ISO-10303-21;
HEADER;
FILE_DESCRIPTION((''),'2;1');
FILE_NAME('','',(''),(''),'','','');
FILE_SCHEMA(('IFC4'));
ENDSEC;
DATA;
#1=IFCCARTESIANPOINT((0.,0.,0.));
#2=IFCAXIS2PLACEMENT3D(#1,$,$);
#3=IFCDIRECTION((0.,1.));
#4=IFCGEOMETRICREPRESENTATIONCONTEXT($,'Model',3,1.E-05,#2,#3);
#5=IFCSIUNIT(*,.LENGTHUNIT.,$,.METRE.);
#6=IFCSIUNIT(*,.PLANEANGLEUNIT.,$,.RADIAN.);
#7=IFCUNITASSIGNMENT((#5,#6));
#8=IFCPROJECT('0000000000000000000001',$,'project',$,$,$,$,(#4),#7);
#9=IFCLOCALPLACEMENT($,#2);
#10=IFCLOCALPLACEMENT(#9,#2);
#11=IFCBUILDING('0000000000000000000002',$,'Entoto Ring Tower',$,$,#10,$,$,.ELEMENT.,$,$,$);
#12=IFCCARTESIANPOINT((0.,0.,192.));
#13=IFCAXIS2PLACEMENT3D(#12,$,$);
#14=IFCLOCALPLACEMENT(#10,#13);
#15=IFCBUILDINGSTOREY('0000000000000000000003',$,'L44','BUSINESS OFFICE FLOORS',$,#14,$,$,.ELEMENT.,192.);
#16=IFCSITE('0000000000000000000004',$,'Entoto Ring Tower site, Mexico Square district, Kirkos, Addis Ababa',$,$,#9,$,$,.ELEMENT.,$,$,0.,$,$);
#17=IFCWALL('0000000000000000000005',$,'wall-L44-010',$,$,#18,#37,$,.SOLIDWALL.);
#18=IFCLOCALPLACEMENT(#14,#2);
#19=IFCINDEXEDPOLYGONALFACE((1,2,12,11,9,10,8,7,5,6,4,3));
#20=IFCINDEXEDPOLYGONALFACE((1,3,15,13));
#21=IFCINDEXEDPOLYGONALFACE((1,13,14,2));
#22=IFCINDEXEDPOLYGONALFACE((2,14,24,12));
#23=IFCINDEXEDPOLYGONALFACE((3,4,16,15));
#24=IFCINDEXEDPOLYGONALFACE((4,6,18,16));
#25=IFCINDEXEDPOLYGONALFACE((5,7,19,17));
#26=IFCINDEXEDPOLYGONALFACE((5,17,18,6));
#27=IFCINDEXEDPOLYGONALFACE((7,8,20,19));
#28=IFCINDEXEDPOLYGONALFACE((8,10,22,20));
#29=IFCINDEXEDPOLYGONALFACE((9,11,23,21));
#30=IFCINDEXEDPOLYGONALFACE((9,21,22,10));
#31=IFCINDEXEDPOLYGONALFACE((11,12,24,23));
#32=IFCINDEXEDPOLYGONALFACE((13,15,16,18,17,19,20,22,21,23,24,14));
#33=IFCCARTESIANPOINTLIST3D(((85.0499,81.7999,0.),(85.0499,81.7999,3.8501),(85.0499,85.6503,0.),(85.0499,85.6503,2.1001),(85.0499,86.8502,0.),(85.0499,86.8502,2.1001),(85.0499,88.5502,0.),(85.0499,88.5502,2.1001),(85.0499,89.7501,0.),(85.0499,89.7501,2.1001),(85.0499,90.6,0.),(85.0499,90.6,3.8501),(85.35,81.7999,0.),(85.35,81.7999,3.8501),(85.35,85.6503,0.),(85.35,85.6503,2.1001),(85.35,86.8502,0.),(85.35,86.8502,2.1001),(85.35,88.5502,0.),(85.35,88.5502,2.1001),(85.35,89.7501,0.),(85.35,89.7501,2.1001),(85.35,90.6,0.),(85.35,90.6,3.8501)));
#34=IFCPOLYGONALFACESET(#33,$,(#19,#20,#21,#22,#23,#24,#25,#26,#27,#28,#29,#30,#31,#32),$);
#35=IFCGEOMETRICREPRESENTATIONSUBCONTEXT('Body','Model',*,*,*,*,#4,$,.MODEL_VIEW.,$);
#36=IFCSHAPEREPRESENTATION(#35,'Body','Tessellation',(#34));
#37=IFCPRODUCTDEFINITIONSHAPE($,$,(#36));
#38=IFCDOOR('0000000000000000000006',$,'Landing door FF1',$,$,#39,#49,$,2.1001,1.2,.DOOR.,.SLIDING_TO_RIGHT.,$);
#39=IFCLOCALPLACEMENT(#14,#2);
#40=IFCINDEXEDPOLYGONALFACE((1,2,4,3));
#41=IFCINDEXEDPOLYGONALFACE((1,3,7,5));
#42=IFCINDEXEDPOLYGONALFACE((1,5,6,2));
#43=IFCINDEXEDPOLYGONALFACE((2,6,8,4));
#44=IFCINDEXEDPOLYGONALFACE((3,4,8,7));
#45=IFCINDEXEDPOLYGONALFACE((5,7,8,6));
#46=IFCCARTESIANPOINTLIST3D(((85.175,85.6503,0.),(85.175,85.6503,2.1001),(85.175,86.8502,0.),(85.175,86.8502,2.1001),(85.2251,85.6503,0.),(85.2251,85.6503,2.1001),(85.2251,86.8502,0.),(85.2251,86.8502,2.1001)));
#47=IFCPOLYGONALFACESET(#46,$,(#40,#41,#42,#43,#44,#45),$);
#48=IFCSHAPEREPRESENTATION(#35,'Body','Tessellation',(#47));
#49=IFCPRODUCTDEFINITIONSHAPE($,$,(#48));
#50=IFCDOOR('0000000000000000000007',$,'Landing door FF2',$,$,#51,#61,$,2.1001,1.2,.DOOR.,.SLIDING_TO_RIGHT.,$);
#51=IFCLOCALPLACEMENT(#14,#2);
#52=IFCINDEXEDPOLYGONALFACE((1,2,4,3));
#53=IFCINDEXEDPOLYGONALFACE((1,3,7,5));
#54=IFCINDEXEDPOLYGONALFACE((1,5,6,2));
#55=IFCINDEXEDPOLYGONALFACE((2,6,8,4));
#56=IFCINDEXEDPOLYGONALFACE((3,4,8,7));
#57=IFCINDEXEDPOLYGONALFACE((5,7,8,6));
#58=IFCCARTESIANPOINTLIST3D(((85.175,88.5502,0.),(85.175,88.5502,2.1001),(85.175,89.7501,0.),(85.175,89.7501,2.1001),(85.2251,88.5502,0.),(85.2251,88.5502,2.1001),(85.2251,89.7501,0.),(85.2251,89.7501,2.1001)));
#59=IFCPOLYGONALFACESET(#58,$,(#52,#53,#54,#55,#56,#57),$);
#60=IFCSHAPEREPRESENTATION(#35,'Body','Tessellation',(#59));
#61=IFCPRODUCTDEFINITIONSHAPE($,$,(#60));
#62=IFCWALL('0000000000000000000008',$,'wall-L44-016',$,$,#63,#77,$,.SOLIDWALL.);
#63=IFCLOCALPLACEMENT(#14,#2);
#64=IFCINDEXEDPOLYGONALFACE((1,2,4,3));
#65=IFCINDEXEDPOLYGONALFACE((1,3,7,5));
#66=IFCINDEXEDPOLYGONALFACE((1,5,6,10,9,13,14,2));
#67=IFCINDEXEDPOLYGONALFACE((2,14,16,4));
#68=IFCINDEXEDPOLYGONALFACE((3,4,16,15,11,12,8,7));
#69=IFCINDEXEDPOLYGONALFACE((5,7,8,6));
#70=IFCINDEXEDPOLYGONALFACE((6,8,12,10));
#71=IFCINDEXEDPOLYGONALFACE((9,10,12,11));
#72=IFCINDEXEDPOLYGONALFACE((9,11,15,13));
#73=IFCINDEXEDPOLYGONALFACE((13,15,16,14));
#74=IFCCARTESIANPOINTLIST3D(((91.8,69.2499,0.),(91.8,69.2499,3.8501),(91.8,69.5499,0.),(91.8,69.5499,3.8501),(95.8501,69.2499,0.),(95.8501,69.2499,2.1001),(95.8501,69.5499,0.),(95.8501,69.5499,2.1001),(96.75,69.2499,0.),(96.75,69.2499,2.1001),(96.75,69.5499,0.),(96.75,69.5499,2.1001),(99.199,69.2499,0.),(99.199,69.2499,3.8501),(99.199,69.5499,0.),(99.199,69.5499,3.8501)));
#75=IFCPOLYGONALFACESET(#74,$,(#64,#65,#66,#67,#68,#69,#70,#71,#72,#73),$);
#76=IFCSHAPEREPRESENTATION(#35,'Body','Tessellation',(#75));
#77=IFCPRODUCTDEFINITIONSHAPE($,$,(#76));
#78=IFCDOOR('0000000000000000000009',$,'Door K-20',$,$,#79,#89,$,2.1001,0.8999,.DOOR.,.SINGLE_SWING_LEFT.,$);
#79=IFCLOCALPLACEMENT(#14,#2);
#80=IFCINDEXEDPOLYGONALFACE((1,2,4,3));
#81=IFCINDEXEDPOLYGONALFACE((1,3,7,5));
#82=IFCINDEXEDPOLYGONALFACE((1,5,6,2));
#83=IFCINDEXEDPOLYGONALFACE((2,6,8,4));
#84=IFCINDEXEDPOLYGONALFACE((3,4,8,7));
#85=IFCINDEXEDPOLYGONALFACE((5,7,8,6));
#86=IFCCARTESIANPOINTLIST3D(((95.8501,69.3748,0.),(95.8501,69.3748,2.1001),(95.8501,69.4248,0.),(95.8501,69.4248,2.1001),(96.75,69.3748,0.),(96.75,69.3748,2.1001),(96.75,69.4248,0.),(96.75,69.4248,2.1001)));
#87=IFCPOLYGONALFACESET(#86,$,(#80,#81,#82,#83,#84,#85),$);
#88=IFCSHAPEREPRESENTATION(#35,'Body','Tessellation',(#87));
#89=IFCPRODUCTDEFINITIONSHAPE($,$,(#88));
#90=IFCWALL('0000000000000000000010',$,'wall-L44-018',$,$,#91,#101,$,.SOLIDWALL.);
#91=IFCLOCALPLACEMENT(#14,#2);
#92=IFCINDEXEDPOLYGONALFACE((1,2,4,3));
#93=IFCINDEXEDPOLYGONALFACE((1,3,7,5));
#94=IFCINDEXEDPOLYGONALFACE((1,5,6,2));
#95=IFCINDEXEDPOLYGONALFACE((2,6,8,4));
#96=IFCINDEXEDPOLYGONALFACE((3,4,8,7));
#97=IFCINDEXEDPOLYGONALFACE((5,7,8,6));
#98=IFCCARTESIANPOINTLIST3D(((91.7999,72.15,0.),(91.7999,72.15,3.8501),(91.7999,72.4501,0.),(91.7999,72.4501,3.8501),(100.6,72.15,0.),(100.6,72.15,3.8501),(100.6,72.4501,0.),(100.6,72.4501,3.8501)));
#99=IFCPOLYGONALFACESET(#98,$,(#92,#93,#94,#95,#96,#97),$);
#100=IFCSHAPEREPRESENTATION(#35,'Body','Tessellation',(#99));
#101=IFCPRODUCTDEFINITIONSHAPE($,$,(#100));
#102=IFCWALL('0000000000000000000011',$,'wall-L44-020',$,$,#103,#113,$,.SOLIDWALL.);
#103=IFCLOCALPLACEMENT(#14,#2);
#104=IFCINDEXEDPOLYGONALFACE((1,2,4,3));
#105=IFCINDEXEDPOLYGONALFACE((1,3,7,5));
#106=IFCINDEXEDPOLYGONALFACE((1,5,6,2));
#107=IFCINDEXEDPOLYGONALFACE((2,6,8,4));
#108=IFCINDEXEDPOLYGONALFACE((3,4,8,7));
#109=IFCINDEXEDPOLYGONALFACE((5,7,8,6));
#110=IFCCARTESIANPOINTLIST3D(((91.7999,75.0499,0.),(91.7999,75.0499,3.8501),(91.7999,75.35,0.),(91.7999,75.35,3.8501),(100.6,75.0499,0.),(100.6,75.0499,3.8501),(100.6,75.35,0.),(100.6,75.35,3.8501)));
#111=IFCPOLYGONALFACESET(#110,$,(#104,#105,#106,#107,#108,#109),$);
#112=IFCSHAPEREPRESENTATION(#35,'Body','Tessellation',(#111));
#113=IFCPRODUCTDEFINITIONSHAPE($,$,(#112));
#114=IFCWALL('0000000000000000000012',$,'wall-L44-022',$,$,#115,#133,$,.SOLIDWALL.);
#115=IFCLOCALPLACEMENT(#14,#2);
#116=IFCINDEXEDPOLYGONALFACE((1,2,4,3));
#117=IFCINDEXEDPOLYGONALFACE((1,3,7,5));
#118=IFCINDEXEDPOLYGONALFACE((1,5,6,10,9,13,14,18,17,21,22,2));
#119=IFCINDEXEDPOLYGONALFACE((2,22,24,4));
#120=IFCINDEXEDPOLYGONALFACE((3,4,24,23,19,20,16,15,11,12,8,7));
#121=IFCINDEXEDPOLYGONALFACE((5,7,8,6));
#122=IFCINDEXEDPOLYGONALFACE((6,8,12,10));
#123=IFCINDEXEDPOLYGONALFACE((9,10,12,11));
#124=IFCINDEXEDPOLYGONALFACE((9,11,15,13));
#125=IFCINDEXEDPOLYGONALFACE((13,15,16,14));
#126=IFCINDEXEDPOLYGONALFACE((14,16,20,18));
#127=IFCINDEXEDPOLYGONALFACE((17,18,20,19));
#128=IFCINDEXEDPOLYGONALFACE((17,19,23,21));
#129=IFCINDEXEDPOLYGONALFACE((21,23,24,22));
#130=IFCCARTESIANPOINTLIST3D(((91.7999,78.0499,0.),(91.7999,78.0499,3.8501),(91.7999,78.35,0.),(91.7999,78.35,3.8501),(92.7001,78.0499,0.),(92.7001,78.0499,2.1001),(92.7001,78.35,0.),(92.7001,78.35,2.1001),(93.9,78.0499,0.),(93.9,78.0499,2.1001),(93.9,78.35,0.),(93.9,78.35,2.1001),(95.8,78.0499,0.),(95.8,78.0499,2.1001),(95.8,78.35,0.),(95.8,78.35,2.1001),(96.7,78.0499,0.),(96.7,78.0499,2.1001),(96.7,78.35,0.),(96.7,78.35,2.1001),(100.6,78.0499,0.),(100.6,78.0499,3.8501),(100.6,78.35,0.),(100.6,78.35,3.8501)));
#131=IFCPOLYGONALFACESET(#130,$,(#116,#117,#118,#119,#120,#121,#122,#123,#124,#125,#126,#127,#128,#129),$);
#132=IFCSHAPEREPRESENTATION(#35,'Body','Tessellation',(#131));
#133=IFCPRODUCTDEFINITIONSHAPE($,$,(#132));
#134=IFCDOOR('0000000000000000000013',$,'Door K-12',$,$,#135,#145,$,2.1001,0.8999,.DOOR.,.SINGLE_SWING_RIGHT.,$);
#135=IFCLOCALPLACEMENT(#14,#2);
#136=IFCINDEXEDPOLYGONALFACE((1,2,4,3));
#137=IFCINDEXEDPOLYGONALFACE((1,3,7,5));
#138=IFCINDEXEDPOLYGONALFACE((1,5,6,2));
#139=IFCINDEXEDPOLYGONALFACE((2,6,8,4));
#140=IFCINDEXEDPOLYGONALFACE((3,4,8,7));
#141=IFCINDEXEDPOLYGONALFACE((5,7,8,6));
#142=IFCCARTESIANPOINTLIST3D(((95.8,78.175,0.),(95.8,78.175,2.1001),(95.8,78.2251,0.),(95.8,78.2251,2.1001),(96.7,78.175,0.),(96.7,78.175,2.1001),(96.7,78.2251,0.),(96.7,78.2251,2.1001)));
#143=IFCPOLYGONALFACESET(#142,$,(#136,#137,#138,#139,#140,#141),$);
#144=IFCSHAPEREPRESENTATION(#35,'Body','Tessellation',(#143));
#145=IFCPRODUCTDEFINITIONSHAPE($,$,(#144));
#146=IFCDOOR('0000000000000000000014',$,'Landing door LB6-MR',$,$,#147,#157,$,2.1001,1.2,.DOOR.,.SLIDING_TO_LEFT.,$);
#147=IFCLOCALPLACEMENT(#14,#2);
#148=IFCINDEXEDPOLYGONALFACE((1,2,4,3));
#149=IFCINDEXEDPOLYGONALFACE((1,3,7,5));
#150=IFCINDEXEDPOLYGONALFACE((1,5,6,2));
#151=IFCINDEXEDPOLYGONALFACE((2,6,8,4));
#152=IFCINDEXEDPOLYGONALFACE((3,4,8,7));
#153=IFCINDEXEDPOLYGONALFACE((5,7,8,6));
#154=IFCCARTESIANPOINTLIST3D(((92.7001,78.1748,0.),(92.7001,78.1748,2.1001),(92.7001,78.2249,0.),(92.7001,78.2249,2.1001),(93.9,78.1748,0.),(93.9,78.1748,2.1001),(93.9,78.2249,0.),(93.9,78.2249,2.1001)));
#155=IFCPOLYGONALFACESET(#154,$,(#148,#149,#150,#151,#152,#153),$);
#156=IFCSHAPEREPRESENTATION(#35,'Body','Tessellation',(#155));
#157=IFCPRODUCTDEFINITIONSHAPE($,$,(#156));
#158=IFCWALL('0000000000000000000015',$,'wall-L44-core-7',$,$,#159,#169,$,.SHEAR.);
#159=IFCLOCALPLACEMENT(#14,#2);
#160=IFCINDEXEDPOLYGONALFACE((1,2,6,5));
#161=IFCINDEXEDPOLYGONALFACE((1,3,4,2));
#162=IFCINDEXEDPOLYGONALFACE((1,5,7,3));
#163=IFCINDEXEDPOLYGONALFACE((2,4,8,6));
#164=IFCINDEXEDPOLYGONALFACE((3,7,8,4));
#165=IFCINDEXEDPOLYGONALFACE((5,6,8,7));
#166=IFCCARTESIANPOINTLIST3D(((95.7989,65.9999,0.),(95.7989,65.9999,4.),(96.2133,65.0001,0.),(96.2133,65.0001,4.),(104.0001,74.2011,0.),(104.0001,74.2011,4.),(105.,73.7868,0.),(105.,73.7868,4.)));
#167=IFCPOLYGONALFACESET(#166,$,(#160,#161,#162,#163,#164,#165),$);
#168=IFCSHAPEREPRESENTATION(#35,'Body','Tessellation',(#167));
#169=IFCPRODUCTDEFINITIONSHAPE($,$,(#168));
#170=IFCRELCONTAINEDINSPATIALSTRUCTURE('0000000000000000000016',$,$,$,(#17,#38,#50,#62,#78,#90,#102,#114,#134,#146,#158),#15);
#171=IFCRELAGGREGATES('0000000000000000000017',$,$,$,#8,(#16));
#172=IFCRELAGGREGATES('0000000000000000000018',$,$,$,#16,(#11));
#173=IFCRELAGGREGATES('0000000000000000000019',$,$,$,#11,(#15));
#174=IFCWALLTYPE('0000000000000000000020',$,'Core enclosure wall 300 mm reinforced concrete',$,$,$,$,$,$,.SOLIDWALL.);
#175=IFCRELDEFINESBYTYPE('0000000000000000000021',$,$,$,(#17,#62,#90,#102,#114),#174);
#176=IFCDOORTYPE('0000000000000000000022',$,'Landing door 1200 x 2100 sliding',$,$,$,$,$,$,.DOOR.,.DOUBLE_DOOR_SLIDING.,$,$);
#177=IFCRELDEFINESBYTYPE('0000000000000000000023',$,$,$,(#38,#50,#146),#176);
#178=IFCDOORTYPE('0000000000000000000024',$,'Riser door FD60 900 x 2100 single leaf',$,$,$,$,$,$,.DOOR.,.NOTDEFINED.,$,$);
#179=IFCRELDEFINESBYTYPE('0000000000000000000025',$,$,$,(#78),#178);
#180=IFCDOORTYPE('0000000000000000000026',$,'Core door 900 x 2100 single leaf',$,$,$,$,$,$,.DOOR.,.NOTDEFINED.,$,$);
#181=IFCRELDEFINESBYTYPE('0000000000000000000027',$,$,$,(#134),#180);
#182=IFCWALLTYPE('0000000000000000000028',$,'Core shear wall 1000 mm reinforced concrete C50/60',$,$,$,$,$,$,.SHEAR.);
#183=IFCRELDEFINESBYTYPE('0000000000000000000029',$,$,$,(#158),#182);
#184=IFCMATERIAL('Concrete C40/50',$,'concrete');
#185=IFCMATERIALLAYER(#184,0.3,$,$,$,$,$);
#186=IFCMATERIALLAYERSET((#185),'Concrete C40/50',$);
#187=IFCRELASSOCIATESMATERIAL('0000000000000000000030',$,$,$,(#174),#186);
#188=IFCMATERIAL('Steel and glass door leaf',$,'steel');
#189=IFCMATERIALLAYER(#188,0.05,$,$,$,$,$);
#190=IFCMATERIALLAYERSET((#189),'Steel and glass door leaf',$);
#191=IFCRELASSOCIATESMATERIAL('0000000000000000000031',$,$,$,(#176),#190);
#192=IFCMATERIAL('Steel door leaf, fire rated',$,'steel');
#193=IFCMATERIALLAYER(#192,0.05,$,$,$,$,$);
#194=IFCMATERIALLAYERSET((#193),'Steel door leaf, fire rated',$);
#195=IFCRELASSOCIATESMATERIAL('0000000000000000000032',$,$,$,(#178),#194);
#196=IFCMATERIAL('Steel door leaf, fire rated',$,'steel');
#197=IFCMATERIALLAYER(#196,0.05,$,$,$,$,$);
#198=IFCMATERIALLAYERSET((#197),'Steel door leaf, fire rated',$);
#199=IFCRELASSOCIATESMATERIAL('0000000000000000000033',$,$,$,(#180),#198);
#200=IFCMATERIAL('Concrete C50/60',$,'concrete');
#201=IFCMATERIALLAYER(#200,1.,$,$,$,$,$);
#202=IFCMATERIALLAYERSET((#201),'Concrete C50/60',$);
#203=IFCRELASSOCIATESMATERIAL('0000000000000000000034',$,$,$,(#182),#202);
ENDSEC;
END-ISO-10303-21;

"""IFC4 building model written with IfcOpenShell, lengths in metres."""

from ifc_helpers import new_model, si_unit, direction, frame, frame_2d, origin, place, context, subcontext, project, spatial, polyline, rectangle, outline, extrude, material, layer, layer_set, type_object, element, fill, save


model = new_model("IFC4")

# Units and contexts
model_context = context("Model", 3, precision=1e-05, world=origin(), true_north=direction((0.0, 1.0)))
body_context = subcontext(model_context, "Body", "Model", "MODEL_VIEW")
ifc_project = project(units=[si_unit("LENGTHUNIT", "METRE"), si_unit("PLANEANGLEUNIT", "RADIAN")], contexts=[model_context])

# Site, building, storey
site_placement = place(None, origin())
site = spatial("IfcSite", under=ifc_project, at=site_placement, Name="Entoto Ring Tower site, Mexico Square district, Kirkos, Addis Ababa", CompositionType="ELEMENT", RefElevation=0.0)
building_placement = place(site_placement, origin())
building = spatial("IfcBuilding", under=site, at=building_placement, Name="Entoto Ring Tower", CompositionType="ELEMENT")
storey_placement = place(building_placement, frame((0.0, 0.0, 192.0)))
storey = spatial("IfcBuildingStorey", under=building, at=storey_placement, Name="L44", Description="BUSINESS OFFICE FLOORS", CompositionType="ELEMENT", Elevation=192.0)

# Shared definitions
ifc_material_1 = material(Name="Concrete C40/50", Category="concrete")
ifc_layer_1 = layer(ifc_material_1, 0.3)
ifc_layer_set_1 = layer_set([ifc_layer_1], Name="Concrete C40/50")
wall_type_1 = type_object("IfcWallType", Name="Core enclosure wall 300 mm reinforced concrete", PredefinedType="SOLIDWALL", material=ifc_layer_set_1)

# Shared definitions
ifc_material_2 = material(Name="Steel and glass door leaf", Category="steel")
ifc_layer_2 = layer(ifc_material_2, 0.05)
ifc_layer_set_2 = layer_set([ifc_layer_2], Name="Steel and glass door leaf")
door_type_1 = type_object("IfcDoorType", Name="Landing door 1200 x 2100 sliding", OperationType="DOUBLE_DOOR_SLIDING", PredefinedType="DOOR", material=ifc_layer_set_2)

# Wall, openings, doors
wall_1_placement = place(storey_placement, frame((85.2, 81.8, 0.0), z_axis=(0.0, 0.0, 1.0), x_axis=(0.0, 1.0, 0.0)))
wall_1 = element("IfcWall", 1, at=wall_1_placement, inside=storey, type_object=wall_type_1, Name="wall-L44-010", PredefinedType="SOLIDWALL", context=body_context, shape_type="SweptSolid", body=[
    extrude(rectangle(XDim=8.8, YDim=0.3, at=frame_2d((4.3999, 0.0))), origin(), (0.0, 0.0, 1.0), 3.8501),
])
opening_1_placement = place(wall_1_placement, frame((3.8501, 0.0, 0.0)))
opening_1 = element("IfcOpeningElement", 2, at=opening_1_placement, cuts=wall_1, PredefinedType="OPENING", context=body_context, shape_type="SweptSolid", body=[
    extrude(rectangle(XDim=1.2, YDim=2.1001, at=frame_2d((0.6001, 1.05))), frame((0.0, 0.1602, 0.0), z_axis=(0.0, -1.0, 0.0), x_axis=(1.0, 0.0, 0.0)), (0.0, 0.0, 1.0), 0.3201),
])
opening_2_placement = place(wall_1_placement, frame((6.75, 0.0, 0.0)))
opening_2 = element("IfcOpeningElement", 3, at=opening_2_placement, cuts=wall_1, PredefinedType="OPENING", context=body_context, shape_type="SweptSolid", body=[
    extrude(rectangle(XDim=1.2, YDim=2.1001, at=frame_2d((0.6001, 1.05))), frame((0.0, 0.1602, 0.0), z_axis=(0.0, -1.0, 0.0), x_axis=(1.0, 0.0, 0.0)), (0.0, 0.0, 1.0), 0.3201),
])
door_1_placement = place(opening_1_placement, origin())
door_1 = element("IfcDoor", 4, at=door_1_placement, inside=storey, type_object=door_type_1, Name="Landing door FF1", OperationType="SLIDING_TO_RIGHT", OverallHeight=2.1001, OverallWidth=1.2, PredefinedType="DOOR", context=body_context, shape_type="SweptSolid", body=[
    extrude(rectangle(XDim=1.2, YDim=2.1001, at=frame_2d((0.6001, 1.05))), frame((0.0, 0.0249, 0.0), z_axis=(0.0, -1.0, 0.0), x_axis=(1.0, 0.0, 0.0)), (0.0, 0.0, 1.0), 0.05),
])
fill(opening_1, door_1)
door_2_placement = place(opening_2_placement, origin())
door_2 = element("IfcDoor", 5, at=door_2_placement, inside=storey, type_object=door_type_1, Name="Landing door FF2", OperationType="SLIDING_TO_RIGHT", OverallHeight=2.1001, OverallWidth=1.2, PredefinedType="DOOR", context=body_context, shape_type="SweptSolid", body=[
    extrude(rectangle(XDim=1.2, YDim=2.1001, at=frame_2d((0.6001, 1.05))), frame((0.0, 0.0249, 0.0), z_axis=(0.0, -1.0, 0.0), x_axis=(1.0, 0.0, 0.0)), (0.0, 0.0, 1.0), 0.05),
])
fill(opening_2, door_2)

# Wall, opening, door
wall_2_placement = place(storey_placement, frame((91.8, 69.3999, 0.0), z_axis=(0.0, 0.0, 1.0), x_axis=(1.0, 0.0, 0.0)))
wall_2 = element("IfcWall", 6, at=wall_2_placement, inside=storey, type_object=wall_type_1, Name="wall-L44-016", PredefinedType="SOLIDWALL", context=body_context, shape_type="SweptSolid", body=[
    extrude(rectangle(XDim=7.3989, YDim=0.3, at=frame_2d((3.6995, 0.0))), origin(), (0.0, 0.0, 1.0), 3.8501),
])
opening_3_placement = place(wall_2_placement, frame((4.05, 0.0, 0.0)))
opening_3 = element("IfcOpeningElement", 7, at=opening_3_placement, cuts=wall_2, PredefinedType="OPENING", context=body_context, shape_type="SweptSolid", body=[
    extrude(rectangle(XDim=0.8999, YDim=2.1001, at=frame_2d((0.45, 1.05))), frame((0.0, 0.1602, 0.0), z_axis=(0.0, -1.0, 0.0), x_axis=(1.0, 0.0, 0.0)), (0.0, 0.0, 1.0), 0.3201),
])
ifc_material_3 = material(Name="Steel door leaf, fire rated", Category="steel")
ifc_layer_3 = layer(ifc_material_3, 0.05)
ifc_layer_set_3 = layer_set([ifc_layer_3], Name="Steel door leaf, fire rated")
door_type_2 = type_object("IfcDoorType", Name="Riser door FD60 900 x 2100 single leaf", OperationType="NOTDEFINED", PredefinedType="DOOR", material=ifc_layer_set_3)
door_3_placement = place(opening_3_placement, origin())
door_3 = element("IfcDoor", 8, at=door_3_placement, inside=storey, type_object=door_type_2, Name="Door K-20", OperationType="SINGLE_SWING_LEFT", OverallHeight=2.1001, OverallWidth=0.8999, PredefinedType="DOOR", context=body_context, shape_type="SweptSolid", body=[
    extrude(rectangle(XDim=0.8999, YDim=2.1001, at=frame_2d((0.45, 1.05))), frame((0.0, 0.0249, 0.0), z_axis=(0.0, -1.0, 0.0), x_axis=(1.0, 0.0, 0.0)), (0.0, 0.0, 1.0), 0.05),
])
fill(opening_3, door_3)

# Walls
for number, where, z_axis, x_axis, name in (
    (9, (91.8, 72.3, 0.0), (0.0, 0.0, 1.0), (1.0, 0.0, 0.0), "wall-L44-018"),
    (10, (91.8, 75.2, 0.0), (0.0, 0.0, 1.0), (1.0, 0.0, 0.0), "wall-L44-020"),
):
    element("IfcWall", number, at=place(storey_placement, frame(where, z_axis=z_axis, x_axis=x_axis)), inside=storey, type_object=wall_type_1, Name=name, PredefinedType="SOLIDWALL", context=body_context, shape_type="SweptSolid", body=[
        extrude(rectangle(XDim=8.8, YDim=0.3, at=frame_2d((4.3999, 0.0))), origin(), (0.0, 0.0, 1.0), 3.8501),
    ])

# Wall, openings, doors
wall_3_placement = place(storey_placement, frame((91.8, 78.2, 0.0), z_axis=(0.0, 0.0, 1.0), x_axis=(1.0, 0.0, 0.0)))
wall_3 = element("IfcWall", 11, at=wall_3_placement, inside=storey, type_object=wall_type_1, Name="wall-L44-022", PredefinedType="SOLIDWALL", context=body_context, shape_type="SweptSolid", body=[
    extrude(rectangle(XDim=8.8, YDim=0.3, at=frame_2d((4.3999, 0.0))), origin(), (0.0, 0.0, 1.0), 3.8501),
])
opening_4_placement = place(wall_3_placement, frame((0.8999, 0.0, 0.0)))
opening_4 = element("IfcOpeningElement", 12, at=opening_4_placement, cuts=wall_3, PredefinedType="OPENING", context=body_context, shape_type="SweptSolid", body=[
    extrude(rectangle(XDim=1.2, YDim=2.1001, at=frame_2d((0.6001, 1.05))), frame((0.0, 0.1602, 0.0), z_axis=(0.0, -1.0, 0.0), x_axis=(1.0, 0.0, 0.0)), (0.0, 0.0, 1.0), 0.3201),
])
opening_5_placement = place(wall_3_placement, frame((4.0, 0.0, 0.0)))
opening_5 = element("IfcOpeningElement", 13, at=opening_5_placement, cuts=wall_3, PredefinedType="OPENING", context=body_context, shape_type="SweptSolid", body=[
    extrude(rectangle(XDim=0.8999, YDim=2.1001, at=frame_2d((0.45, 1.05))), frame((0.0, 0.1602, 0.0), z_axis=(0.0, -1.0, 0.0), x_axis=(1.0, 0.0, 0.0)), (0.0, 0.0, 1.0), 0.3201),
])
ifc_material_4 = material(Name="Steel door leaf, fire rated", Category="steel")
ifc_layer_4 = layer(ifc_material_4, 0.05)
ifc_layer_set_4 = layer_set([ifc_layer_4], Name="Steel door leaf, fire rated")
door_type_3 = type_object("IfcDoorType", Name="Core door 900 x 2100 single leaf", OperationType="NOTDEFINED", PredefinedType="DOOR", material=ifc_layer_set_4)
door_4_placement = place(opening_5_placement, frame((0.8999, 0.0, 0.0), z_axis=(0.0, 0.0, 1.0), x_axis=(-1.0, 0.0, 0.0)))
door_4 = element("IfcDoor", 14, at=door_4_placement, inside=storey, type_object=door_type_3, Name="Door K-12", OperationType="SINGLE_SWING_RIGHT", OverallHeight=2.1001, OverallWidth=0.8999, PredefinedType="DOOR", context=body_context, shape_type="SweptSolid", body=[
    extrude(rectangle(XDim=0.8999, YDim=2.1001, at=frame_2d((0.45, 1.05))), frame((0.0, 0.0249, 0.0), z_axis=(0.0, -1.0, 0.0), x_axis=(1.0, 0.0, 0.0)), (0.0, 0.0, 1.0), 0.05),
])
fill(opening_5, door_4)
door_5_placement = place(opening_4_placement, origin())
door_5 = element("IfcDoor", 15, at=door_5_placement, inside=storey, type_object=door_type_1, Name="Landing door LB6-MR", OperationType="SLIDING_TO_LEFT", OverallHeight=2.1001, OverallWidth=1.2, PredefinedType="DOOR", context=body_context, shape_type="SweptSolid", body=[
    extrude(rectangle(XDim=1.2, YDim=2.1001, at=frame_2d((0.6001, 1.05))), frame((0.0, 0.0249, 0.0), z_axis=(0.0, -1.0, 0.0), x_axis=(1.0, 0.0, 0.0)), (0.0, 0.0, 1.0), 0.05),
])
fill(opening_4, door_5)

# Wall
ifc_material_5 = material(Name="Concrete C50/60", Category="concrete")
ifc_layer_5 = layer(ifc_material_5, 1.0)
ifc_layer_set_5 = layer_set([ifc_layer_5], Name="Concrete C50/60")
wall_type_2 = type_object("IfcWallType", Name="Core shear wall 1000 mm reinforced concrete C50/60", PredefinedType="SHEAR", material=ifc_layer_set_5)
wall_4_placement = place(storey_placement, frame((96.0061, 65.5, 0.0), z_axis=(0.0, 0.0, 1.0), x_axis=(0.707107, 0.707107, 0.0)))
element("IfcWall", 16, at=wall_4_placement, inside=storey, type_object=wall_type_2, Name="wall-L44-core-7", PredefinedType="SHEAR", context=body_context, shape_type="SweptSolid", body=[
    extrude(outline(polyline([(-0.207, -0.5), (12.2192, -0.5), (11.8052, 0.5), (0.207, 0.5), (-0.207, -0.5)])), origin(), (0.0, 0.0, 1.0), 4.0),
])

save(model, "model.ifc")
